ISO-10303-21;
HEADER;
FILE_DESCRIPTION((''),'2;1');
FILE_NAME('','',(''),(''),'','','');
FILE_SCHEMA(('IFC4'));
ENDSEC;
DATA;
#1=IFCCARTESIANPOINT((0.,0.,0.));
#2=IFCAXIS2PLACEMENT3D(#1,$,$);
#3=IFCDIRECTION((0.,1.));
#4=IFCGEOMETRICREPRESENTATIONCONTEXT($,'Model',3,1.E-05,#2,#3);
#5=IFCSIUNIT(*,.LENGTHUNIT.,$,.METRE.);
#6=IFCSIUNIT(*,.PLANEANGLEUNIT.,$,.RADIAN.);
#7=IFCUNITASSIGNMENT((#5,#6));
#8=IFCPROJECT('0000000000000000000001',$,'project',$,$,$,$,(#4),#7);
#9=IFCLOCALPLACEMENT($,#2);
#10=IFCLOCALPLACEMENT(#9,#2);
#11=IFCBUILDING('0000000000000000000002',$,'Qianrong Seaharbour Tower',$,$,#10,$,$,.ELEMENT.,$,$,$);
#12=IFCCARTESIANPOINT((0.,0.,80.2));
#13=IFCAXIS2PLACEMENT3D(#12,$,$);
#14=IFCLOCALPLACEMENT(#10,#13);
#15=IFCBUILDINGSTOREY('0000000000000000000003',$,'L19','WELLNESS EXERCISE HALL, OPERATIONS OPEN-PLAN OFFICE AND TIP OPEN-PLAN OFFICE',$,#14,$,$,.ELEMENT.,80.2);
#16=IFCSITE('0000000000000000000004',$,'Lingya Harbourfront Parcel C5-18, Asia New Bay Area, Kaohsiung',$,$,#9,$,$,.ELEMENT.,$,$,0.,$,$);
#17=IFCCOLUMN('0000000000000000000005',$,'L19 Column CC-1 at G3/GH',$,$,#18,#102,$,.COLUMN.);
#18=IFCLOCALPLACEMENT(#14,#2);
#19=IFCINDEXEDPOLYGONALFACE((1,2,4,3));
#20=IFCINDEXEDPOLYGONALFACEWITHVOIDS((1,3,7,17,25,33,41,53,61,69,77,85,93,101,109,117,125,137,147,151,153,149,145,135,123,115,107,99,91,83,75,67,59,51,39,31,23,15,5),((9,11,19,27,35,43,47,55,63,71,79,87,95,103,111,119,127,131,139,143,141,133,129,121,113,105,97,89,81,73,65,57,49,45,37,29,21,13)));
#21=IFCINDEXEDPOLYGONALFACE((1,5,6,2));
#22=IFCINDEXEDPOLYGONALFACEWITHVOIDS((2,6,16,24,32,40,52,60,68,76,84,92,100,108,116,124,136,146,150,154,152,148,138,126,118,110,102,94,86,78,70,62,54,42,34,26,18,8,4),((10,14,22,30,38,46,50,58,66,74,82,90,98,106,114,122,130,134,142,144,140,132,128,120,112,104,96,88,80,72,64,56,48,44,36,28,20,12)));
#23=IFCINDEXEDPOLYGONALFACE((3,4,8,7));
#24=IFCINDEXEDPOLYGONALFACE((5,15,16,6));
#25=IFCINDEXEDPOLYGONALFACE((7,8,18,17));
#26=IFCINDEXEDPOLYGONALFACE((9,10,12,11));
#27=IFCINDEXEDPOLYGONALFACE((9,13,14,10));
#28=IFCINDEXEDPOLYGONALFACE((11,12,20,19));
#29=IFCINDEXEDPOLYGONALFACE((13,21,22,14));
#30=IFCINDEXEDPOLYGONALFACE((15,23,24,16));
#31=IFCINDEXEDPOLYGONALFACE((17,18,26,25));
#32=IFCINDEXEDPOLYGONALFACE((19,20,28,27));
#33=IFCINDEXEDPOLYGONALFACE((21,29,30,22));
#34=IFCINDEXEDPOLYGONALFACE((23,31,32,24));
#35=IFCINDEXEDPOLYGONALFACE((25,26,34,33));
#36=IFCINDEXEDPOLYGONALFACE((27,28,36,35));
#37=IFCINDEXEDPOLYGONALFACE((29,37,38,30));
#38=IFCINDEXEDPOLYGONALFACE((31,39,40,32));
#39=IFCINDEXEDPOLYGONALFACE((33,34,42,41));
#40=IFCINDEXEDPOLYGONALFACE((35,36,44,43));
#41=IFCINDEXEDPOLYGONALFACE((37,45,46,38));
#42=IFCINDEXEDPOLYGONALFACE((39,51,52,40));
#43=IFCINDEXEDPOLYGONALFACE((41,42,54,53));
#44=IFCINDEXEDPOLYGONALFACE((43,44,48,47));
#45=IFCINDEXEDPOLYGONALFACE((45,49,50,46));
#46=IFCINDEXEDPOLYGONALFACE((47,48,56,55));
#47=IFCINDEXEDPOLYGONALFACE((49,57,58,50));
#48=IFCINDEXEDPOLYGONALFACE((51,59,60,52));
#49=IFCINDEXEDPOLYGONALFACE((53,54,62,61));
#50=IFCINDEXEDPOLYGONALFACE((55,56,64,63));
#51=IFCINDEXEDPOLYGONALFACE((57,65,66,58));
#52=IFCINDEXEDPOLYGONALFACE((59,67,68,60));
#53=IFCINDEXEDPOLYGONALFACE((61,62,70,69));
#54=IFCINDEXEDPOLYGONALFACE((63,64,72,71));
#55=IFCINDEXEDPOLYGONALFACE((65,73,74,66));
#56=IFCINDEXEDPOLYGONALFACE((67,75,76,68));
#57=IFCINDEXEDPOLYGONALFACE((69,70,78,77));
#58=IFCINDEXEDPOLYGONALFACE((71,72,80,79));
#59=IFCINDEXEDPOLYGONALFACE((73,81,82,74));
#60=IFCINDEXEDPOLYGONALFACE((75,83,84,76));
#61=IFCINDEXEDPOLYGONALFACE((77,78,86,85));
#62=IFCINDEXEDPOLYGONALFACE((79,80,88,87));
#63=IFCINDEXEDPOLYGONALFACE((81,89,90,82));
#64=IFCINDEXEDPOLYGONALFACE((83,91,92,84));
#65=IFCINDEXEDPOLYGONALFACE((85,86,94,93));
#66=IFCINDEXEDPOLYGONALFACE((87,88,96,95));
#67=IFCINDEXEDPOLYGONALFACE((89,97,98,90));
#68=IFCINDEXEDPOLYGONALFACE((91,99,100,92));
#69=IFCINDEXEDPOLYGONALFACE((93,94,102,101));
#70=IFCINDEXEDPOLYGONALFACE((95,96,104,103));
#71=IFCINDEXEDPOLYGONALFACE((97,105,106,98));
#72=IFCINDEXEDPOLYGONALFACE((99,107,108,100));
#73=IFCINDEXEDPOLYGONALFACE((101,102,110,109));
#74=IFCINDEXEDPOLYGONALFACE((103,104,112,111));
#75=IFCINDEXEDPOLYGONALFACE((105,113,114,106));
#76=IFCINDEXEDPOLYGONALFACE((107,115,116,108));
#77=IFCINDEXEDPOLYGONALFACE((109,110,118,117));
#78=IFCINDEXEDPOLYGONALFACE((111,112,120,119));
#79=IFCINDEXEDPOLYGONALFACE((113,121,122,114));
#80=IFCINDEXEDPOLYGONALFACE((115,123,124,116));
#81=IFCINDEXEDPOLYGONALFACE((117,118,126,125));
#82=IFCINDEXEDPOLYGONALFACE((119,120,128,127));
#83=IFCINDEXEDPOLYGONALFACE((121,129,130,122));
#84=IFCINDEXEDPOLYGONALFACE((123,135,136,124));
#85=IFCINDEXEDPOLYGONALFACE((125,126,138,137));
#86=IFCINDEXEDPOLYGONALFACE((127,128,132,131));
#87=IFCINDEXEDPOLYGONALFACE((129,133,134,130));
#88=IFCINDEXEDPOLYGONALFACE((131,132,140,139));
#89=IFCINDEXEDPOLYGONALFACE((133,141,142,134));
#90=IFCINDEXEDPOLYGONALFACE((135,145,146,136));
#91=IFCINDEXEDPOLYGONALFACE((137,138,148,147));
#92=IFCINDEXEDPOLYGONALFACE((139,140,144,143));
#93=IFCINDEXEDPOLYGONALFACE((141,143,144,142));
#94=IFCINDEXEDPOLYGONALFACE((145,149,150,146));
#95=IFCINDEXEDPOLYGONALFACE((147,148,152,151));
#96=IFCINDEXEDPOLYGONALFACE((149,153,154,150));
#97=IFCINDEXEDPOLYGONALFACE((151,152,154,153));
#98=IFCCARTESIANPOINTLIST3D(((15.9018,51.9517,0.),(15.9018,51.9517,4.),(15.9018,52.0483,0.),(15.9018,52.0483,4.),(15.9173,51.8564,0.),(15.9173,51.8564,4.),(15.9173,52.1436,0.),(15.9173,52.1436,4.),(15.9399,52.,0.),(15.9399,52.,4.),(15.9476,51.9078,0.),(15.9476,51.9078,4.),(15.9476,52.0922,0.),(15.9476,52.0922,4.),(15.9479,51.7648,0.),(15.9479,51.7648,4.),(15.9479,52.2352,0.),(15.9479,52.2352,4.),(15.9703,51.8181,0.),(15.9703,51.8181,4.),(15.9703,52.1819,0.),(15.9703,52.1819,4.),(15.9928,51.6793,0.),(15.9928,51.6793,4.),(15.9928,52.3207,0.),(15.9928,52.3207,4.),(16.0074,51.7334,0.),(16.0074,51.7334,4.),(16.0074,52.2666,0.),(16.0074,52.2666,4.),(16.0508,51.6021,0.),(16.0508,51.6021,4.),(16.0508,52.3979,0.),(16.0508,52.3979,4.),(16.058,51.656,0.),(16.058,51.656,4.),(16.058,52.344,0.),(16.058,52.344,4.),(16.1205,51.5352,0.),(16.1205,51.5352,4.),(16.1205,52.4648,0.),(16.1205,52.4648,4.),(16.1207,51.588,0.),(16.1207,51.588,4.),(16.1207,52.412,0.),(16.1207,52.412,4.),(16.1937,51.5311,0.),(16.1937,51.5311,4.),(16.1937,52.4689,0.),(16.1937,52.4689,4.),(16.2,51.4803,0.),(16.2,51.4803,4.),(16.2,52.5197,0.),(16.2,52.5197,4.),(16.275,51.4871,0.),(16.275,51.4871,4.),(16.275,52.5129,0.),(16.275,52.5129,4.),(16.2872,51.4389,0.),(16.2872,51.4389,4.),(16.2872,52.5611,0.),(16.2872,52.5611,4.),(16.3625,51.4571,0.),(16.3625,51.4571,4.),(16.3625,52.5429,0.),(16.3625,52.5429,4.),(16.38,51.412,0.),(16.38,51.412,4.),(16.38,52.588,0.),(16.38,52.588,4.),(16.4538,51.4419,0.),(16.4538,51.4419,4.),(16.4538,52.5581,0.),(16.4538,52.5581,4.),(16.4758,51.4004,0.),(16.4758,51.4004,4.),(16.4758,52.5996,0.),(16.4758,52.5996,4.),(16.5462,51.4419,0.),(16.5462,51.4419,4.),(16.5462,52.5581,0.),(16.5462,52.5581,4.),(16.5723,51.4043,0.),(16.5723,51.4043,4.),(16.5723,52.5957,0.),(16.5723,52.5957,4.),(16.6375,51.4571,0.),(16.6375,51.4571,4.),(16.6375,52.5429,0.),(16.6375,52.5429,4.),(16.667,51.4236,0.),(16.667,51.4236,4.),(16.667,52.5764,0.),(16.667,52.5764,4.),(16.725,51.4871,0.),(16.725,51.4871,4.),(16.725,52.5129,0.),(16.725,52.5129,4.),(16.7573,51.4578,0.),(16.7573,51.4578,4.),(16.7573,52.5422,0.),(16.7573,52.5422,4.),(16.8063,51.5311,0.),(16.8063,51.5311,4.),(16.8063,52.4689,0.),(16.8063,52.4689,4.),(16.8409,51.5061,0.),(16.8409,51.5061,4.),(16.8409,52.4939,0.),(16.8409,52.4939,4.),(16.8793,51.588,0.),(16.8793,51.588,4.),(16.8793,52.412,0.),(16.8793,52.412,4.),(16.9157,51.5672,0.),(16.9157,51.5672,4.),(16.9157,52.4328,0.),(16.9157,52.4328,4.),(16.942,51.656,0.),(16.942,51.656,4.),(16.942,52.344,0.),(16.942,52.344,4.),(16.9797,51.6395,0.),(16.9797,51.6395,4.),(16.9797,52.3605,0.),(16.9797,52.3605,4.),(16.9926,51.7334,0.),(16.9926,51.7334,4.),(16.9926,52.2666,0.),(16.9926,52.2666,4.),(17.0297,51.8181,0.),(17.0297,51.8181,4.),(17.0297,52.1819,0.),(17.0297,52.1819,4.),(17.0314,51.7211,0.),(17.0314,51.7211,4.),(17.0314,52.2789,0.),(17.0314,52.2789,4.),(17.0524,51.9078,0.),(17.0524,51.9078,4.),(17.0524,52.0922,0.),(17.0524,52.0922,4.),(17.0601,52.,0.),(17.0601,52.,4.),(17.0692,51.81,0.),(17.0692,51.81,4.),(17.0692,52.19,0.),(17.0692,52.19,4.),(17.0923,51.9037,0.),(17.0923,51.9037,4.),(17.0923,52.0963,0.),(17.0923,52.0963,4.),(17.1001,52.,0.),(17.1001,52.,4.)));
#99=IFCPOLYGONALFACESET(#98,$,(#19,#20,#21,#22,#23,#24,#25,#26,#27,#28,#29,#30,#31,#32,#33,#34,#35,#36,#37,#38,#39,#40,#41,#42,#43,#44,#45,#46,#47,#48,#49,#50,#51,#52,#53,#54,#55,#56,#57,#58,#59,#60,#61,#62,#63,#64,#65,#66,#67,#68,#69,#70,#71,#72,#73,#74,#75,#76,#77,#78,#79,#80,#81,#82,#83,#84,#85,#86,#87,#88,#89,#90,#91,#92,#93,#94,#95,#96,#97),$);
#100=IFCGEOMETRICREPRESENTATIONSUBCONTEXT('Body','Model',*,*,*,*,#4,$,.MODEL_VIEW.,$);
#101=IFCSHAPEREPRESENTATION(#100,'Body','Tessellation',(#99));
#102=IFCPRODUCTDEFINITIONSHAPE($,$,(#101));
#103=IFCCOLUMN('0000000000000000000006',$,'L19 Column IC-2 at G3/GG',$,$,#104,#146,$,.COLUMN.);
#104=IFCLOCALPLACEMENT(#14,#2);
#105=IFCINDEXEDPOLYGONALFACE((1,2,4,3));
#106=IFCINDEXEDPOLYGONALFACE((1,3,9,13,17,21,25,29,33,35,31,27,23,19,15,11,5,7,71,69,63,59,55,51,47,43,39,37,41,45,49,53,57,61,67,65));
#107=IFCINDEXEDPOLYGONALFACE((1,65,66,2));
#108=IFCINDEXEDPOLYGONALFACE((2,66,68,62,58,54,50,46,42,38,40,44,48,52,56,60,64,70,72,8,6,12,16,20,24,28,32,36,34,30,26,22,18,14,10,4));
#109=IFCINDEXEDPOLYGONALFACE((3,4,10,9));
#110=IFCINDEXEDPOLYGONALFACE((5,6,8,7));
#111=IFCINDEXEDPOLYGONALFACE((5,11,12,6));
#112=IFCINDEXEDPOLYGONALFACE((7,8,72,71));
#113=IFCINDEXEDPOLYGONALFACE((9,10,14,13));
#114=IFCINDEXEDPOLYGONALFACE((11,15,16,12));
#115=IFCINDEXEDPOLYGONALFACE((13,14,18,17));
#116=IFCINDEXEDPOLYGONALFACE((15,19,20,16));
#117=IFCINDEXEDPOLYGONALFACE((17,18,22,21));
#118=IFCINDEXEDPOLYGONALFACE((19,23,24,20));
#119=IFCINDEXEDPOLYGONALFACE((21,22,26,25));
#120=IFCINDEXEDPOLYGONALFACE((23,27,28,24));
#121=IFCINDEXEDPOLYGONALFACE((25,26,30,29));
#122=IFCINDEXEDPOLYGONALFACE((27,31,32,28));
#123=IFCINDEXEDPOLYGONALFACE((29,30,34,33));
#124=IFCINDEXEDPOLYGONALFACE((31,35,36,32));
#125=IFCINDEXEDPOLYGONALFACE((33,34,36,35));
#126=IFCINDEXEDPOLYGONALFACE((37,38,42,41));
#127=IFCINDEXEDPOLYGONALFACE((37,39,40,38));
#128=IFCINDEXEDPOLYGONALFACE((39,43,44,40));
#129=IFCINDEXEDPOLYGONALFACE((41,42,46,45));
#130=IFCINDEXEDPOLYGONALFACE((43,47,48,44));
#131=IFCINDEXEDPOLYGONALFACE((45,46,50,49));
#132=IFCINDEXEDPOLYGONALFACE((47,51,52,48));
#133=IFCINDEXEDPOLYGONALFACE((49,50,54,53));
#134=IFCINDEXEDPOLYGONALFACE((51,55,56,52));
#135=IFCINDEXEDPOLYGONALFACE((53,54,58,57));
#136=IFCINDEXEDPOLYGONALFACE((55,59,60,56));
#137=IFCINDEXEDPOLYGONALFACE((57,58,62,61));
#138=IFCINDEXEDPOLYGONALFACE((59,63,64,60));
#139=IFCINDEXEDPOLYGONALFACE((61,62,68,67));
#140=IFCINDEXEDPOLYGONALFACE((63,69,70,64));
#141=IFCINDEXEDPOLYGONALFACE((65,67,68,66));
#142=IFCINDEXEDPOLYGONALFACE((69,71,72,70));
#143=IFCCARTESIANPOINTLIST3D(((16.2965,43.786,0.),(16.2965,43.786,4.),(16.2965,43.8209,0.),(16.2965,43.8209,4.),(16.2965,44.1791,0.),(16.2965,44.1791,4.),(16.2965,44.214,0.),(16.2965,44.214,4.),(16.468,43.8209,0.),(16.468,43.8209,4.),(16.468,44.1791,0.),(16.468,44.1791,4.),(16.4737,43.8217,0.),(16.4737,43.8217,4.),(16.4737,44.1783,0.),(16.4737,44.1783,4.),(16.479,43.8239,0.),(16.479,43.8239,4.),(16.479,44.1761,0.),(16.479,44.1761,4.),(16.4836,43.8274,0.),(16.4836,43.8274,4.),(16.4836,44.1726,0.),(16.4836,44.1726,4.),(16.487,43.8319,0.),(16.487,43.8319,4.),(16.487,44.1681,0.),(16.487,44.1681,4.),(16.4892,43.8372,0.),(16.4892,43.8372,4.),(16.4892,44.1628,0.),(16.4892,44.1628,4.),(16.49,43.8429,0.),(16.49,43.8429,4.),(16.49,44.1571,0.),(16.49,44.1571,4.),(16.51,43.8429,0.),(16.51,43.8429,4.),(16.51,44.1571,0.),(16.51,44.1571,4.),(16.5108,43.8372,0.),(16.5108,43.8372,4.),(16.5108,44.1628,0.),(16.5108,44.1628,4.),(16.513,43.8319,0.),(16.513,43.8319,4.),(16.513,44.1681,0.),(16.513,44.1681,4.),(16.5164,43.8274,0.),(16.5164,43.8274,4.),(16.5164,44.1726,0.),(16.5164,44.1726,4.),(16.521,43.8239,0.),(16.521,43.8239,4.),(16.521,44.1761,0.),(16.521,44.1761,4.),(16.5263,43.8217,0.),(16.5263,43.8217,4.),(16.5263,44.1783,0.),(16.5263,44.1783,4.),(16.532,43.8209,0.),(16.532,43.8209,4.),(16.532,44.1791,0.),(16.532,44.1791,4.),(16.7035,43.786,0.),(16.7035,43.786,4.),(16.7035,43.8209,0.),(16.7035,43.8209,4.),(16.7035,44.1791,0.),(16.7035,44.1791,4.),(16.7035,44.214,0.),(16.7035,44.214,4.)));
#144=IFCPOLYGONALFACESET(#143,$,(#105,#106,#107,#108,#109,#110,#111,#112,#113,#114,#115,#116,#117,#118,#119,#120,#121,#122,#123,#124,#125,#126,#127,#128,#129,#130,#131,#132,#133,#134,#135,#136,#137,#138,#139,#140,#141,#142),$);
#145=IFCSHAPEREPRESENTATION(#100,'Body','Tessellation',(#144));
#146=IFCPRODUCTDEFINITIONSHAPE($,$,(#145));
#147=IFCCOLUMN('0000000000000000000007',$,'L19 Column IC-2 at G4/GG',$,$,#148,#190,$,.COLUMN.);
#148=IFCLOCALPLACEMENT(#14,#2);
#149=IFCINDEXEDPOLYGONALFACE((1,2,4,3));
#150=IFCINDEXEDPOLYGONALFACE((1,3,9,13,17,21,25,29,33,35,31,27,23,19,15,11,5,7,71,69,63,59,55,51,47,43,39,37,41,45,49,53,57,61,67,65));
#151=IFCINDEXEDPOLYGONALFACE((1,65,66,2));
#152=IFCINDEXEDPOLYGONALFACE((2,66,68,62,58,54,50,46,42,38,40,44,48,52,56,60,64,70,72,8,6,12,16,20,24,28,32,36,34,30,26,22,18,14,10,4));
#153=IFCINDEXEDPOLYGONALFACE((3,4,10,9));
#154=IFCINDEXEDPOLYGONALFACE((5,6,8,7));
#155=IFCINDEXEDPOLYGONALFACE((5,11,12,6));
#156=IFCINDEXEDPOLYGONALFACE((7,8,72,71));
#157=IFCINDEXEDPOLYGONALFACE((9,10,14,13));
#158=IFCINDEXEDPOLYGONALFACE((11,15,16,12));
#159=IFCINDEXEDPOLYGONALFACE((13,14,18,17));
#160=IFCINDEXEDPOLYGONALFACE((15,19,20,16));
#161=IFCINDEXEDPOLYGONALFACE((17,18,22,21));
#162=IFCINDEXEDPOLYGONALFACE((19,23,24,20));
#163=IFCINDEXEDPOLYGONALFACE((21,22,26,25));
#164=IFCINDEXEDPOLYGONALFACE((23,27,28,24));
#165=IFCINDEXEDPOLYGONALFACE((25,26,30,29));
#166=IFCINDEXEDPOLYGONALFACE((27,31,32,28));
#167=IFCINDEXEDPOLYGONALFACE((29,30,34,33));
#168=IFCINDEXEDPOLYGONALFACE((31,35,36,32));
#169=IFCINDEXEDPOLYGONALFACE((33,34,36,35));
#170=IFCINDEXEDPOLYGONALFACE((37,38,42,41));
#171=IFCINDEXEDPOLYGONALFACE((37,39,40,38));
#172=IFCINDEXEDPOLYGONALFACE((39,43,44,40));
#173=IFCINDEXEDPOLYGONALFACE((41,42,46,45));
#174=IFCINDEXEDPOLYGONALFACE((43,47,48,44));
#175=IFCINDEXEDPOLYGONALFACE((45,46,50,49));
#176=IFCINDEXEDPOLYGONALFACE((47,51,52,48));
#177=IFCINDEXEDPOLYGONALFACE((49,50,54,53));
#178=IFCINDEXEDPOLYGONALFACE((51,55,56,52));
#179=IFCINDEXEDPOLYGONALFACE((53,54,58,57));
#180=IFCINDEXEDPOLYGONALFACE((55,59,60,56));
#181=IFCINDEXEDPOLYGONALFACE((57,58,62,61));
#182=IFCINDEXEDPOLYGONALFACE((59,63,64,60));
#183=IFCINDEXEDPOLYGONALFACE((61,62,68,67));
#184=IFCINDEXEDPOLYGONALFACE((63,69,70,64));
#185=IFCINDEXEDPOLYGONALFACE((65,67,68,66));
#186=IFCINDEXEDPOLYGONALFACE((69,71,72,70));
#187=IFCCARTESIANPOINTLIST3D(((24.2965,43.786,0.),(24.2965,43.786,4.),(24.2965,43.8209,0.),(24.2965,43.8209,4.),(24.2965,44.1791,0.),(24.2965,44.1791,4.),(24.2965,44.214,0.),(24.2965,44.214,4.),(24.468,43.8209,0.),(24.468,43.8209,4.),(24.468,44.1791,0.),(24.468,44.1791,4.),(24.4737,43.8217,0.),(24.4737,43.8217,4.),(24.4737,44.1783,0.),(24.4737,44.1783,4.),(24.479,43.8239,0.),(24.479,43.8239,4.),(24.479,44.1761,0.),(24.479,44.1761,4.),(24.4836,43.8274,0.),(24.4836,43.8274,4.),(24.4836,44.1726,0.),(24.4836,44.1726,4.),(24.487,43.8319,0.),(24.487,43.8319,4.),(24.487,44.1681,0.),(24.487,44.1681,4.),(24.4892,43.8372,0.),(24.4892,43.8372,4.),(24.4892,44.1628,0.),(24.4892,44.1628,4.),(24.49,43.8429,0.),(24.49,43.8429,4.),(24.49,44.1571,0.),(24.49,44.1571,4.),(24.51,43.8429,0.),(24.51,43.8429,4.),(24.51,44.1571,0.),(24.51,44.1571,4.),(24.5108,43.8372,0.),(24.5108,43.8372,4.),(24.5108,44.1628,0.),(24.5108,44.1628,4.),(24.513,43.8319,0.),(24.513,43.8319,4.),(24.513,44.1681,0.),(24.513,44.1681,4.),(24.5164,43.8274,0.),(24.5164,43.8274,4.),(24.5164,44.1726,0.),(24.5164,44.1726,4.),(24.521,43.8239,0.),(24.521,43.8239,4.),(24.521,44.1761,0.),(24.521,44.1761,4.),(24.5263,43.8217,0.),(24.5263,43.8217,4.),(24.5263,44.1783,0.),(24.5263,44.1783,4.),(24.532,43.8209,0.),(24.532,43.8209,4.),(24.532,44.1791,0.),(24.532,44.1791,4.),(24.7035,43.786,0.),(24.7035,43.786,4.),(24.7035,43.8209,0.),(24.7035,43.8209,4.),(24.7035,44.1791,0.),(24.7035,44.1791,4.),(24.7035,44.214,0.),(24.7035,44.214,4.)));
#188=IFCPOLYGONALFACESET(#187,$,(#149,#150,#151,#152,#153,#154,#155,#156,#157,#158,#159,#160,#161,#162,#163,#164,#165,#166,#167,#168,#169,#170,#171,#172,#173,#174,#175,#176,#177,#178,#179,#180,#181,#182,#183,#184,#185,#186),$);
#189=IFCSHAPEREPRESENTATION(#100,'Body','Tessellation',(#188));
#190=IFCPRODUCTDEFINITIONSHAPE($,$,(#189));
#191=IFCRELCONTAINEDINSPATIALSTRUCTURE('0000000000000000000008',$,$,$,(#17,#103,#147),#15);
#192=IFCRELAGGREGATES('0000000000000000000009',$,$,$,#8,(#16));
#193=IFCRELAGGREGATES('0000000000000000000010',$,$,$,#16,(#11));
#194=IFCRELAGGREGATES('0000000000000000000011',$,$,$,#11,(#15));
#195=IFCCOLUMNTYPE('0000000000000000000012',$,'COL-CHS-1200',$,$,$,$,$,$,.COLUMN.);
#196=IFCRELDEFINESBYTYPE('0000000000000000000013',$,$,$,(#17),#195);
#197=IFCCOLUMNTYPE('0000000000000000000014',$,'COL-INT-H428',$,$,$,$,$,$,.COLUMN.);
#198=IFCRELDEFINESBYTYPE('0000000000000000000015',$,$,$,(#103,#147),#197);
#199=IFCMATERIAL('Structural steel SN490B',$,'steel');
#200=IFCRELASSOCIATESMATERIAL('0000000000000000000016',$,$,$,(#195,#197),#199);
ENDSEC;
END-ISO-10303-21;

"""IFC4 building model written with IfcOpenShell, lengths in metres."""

from ifc_helpers import new_model, si_unit, direction, frame, origin, origin_2d, place, context, subcontext, project, spatial, hollow_circle, i_section, extrude, material, material_profile, profile_set, type_object, element, save


model = new_model("IFC4")

# Units and contexts
model_context = context("Model", 3, precision=1e-05, world=origin(), true_north=direction((0.0, 1.0)))
body_context = subcontext(model_context, "Body", "Model", "MODEL_VIEW")
ifc_project = project(units=[si_unit("LENGTHUNIT", "METRE"), si_unit("PLANEANGLEUNIT", "RADIAN")], contexts=[model_context])

# Site, building, storey
site_placement = place(None, origin())
site = spatial("IfcSite", under=ifc_project, at=site_placement, Name="Lingya Harbourfront Parcel C5-18, Asia New Bay Area, Kaohsiung", CompositionType="ELEMENT", RefElevation=0.0)
building_placement = place(site_placement, origin())
building = spatial("IfcBuilding", under=site, at=building_placement, Name="Qianrong Seaharbour Tower", CompositionType="ELEMENT")
storey_placement = place(building_placement, frame((0.0, 0.0, 80.2)))
storey = spatial("IfcBuildingStorey", under=building, at=storey_placement, Name="L19", Description="WELLNESS EXERCISE HALL, OPERATIONS OPEN-PLAN OFFICE AND TIP OPEN-PLAN OFFICE", CompositionType="ELEMENT", Elevation=80.2)

# Columns
ifc_material_1 = material(Name="Structural steel SN490B", Category="steel")
ifc_material_profile_1 = material_profile(ifc_material_1, hollow_circle(Radius=0.6001, WallThickness=0.04, at=origin_2d()), Name="CHS1200x40")
ifc_profile_set_1 = profile_set([ifc_material_profile_1], Name="Structural steel SN490B")
column_type_1 = type_object("IfcColumnType", Name="COL-CHS-1200", PredefinedType="COLUMN", material=ifc_profile_set_1)
column_placement = place(storey_placement, frame((16.5, 52.0, 0.0), z_axis=(0.0, 0.0, 1.0), x_axis=(1.0, 0.0, 0.0)))
element("IfcColumn", 1, at=column_placement, inside=storey, type_object=column_type_1, Name="L19 Column CC-1 at G3/GH", PredefinedType="COLUMN", context=body_context, shape_type="SweptSolid", body=[
    extrude(hollow_circle(Radius=0.6001, WallThickness=0.04, at=origin_2d()), origin(), (0.0, 0.0, 1.0), 4.0),
])
ifc_material_profile_2 = material_profile(ifc_material_1, i_section(OverallWidth=0.407, OverallDepth=0.428, WebThickness=0.02, FlangeThickness=0.0349, FilletRadius=0.022, at=origin_2d()), Name="H428x407x20x35")
ifc_profile_set_2 = profile_set([ifc_material_profile_2], Name="Structural steel SN490B")
column_type_2 = type_object("IfcColumnType", Name="COL-INT-H428", PredefinedType="COLUMN", material=ifc_profile_set_2)
for number, where, z_axis, x_axis, name in (
    (2, (16.5, 44.0, 0.0), (0.0, 0.0, 1.0), (1.0, 0.0, 0.0), "L19 Column IC-2 at G3/GG"),
    (3, (24.5, 44.0, 0.0), (0.0, 0.0, 1.0), (1.0, 0.0, 0.0), "L19 Column IC-2 at G4/GG"),
):
    element("IfcColumn", number, at=place(storey_placement, frame(where, z_axis=z_axis, x_axis=x_axis)), inside=storey, type_object=column_type_2, Name=name, PredefinedType="COLUMN", context=body_context, shape_type="SweptSolid", body=[
        extrude(i_section(OverallWidth=0.407, OverallDepth=0.428, WebThickness=0.02, FlangeThickness=0.0349, FilletRadius=0.022, at=origin_2d()), origin(), (0.0, 0.0, 1.0), 4.0),
    ])

save(model, "model.ifc")
